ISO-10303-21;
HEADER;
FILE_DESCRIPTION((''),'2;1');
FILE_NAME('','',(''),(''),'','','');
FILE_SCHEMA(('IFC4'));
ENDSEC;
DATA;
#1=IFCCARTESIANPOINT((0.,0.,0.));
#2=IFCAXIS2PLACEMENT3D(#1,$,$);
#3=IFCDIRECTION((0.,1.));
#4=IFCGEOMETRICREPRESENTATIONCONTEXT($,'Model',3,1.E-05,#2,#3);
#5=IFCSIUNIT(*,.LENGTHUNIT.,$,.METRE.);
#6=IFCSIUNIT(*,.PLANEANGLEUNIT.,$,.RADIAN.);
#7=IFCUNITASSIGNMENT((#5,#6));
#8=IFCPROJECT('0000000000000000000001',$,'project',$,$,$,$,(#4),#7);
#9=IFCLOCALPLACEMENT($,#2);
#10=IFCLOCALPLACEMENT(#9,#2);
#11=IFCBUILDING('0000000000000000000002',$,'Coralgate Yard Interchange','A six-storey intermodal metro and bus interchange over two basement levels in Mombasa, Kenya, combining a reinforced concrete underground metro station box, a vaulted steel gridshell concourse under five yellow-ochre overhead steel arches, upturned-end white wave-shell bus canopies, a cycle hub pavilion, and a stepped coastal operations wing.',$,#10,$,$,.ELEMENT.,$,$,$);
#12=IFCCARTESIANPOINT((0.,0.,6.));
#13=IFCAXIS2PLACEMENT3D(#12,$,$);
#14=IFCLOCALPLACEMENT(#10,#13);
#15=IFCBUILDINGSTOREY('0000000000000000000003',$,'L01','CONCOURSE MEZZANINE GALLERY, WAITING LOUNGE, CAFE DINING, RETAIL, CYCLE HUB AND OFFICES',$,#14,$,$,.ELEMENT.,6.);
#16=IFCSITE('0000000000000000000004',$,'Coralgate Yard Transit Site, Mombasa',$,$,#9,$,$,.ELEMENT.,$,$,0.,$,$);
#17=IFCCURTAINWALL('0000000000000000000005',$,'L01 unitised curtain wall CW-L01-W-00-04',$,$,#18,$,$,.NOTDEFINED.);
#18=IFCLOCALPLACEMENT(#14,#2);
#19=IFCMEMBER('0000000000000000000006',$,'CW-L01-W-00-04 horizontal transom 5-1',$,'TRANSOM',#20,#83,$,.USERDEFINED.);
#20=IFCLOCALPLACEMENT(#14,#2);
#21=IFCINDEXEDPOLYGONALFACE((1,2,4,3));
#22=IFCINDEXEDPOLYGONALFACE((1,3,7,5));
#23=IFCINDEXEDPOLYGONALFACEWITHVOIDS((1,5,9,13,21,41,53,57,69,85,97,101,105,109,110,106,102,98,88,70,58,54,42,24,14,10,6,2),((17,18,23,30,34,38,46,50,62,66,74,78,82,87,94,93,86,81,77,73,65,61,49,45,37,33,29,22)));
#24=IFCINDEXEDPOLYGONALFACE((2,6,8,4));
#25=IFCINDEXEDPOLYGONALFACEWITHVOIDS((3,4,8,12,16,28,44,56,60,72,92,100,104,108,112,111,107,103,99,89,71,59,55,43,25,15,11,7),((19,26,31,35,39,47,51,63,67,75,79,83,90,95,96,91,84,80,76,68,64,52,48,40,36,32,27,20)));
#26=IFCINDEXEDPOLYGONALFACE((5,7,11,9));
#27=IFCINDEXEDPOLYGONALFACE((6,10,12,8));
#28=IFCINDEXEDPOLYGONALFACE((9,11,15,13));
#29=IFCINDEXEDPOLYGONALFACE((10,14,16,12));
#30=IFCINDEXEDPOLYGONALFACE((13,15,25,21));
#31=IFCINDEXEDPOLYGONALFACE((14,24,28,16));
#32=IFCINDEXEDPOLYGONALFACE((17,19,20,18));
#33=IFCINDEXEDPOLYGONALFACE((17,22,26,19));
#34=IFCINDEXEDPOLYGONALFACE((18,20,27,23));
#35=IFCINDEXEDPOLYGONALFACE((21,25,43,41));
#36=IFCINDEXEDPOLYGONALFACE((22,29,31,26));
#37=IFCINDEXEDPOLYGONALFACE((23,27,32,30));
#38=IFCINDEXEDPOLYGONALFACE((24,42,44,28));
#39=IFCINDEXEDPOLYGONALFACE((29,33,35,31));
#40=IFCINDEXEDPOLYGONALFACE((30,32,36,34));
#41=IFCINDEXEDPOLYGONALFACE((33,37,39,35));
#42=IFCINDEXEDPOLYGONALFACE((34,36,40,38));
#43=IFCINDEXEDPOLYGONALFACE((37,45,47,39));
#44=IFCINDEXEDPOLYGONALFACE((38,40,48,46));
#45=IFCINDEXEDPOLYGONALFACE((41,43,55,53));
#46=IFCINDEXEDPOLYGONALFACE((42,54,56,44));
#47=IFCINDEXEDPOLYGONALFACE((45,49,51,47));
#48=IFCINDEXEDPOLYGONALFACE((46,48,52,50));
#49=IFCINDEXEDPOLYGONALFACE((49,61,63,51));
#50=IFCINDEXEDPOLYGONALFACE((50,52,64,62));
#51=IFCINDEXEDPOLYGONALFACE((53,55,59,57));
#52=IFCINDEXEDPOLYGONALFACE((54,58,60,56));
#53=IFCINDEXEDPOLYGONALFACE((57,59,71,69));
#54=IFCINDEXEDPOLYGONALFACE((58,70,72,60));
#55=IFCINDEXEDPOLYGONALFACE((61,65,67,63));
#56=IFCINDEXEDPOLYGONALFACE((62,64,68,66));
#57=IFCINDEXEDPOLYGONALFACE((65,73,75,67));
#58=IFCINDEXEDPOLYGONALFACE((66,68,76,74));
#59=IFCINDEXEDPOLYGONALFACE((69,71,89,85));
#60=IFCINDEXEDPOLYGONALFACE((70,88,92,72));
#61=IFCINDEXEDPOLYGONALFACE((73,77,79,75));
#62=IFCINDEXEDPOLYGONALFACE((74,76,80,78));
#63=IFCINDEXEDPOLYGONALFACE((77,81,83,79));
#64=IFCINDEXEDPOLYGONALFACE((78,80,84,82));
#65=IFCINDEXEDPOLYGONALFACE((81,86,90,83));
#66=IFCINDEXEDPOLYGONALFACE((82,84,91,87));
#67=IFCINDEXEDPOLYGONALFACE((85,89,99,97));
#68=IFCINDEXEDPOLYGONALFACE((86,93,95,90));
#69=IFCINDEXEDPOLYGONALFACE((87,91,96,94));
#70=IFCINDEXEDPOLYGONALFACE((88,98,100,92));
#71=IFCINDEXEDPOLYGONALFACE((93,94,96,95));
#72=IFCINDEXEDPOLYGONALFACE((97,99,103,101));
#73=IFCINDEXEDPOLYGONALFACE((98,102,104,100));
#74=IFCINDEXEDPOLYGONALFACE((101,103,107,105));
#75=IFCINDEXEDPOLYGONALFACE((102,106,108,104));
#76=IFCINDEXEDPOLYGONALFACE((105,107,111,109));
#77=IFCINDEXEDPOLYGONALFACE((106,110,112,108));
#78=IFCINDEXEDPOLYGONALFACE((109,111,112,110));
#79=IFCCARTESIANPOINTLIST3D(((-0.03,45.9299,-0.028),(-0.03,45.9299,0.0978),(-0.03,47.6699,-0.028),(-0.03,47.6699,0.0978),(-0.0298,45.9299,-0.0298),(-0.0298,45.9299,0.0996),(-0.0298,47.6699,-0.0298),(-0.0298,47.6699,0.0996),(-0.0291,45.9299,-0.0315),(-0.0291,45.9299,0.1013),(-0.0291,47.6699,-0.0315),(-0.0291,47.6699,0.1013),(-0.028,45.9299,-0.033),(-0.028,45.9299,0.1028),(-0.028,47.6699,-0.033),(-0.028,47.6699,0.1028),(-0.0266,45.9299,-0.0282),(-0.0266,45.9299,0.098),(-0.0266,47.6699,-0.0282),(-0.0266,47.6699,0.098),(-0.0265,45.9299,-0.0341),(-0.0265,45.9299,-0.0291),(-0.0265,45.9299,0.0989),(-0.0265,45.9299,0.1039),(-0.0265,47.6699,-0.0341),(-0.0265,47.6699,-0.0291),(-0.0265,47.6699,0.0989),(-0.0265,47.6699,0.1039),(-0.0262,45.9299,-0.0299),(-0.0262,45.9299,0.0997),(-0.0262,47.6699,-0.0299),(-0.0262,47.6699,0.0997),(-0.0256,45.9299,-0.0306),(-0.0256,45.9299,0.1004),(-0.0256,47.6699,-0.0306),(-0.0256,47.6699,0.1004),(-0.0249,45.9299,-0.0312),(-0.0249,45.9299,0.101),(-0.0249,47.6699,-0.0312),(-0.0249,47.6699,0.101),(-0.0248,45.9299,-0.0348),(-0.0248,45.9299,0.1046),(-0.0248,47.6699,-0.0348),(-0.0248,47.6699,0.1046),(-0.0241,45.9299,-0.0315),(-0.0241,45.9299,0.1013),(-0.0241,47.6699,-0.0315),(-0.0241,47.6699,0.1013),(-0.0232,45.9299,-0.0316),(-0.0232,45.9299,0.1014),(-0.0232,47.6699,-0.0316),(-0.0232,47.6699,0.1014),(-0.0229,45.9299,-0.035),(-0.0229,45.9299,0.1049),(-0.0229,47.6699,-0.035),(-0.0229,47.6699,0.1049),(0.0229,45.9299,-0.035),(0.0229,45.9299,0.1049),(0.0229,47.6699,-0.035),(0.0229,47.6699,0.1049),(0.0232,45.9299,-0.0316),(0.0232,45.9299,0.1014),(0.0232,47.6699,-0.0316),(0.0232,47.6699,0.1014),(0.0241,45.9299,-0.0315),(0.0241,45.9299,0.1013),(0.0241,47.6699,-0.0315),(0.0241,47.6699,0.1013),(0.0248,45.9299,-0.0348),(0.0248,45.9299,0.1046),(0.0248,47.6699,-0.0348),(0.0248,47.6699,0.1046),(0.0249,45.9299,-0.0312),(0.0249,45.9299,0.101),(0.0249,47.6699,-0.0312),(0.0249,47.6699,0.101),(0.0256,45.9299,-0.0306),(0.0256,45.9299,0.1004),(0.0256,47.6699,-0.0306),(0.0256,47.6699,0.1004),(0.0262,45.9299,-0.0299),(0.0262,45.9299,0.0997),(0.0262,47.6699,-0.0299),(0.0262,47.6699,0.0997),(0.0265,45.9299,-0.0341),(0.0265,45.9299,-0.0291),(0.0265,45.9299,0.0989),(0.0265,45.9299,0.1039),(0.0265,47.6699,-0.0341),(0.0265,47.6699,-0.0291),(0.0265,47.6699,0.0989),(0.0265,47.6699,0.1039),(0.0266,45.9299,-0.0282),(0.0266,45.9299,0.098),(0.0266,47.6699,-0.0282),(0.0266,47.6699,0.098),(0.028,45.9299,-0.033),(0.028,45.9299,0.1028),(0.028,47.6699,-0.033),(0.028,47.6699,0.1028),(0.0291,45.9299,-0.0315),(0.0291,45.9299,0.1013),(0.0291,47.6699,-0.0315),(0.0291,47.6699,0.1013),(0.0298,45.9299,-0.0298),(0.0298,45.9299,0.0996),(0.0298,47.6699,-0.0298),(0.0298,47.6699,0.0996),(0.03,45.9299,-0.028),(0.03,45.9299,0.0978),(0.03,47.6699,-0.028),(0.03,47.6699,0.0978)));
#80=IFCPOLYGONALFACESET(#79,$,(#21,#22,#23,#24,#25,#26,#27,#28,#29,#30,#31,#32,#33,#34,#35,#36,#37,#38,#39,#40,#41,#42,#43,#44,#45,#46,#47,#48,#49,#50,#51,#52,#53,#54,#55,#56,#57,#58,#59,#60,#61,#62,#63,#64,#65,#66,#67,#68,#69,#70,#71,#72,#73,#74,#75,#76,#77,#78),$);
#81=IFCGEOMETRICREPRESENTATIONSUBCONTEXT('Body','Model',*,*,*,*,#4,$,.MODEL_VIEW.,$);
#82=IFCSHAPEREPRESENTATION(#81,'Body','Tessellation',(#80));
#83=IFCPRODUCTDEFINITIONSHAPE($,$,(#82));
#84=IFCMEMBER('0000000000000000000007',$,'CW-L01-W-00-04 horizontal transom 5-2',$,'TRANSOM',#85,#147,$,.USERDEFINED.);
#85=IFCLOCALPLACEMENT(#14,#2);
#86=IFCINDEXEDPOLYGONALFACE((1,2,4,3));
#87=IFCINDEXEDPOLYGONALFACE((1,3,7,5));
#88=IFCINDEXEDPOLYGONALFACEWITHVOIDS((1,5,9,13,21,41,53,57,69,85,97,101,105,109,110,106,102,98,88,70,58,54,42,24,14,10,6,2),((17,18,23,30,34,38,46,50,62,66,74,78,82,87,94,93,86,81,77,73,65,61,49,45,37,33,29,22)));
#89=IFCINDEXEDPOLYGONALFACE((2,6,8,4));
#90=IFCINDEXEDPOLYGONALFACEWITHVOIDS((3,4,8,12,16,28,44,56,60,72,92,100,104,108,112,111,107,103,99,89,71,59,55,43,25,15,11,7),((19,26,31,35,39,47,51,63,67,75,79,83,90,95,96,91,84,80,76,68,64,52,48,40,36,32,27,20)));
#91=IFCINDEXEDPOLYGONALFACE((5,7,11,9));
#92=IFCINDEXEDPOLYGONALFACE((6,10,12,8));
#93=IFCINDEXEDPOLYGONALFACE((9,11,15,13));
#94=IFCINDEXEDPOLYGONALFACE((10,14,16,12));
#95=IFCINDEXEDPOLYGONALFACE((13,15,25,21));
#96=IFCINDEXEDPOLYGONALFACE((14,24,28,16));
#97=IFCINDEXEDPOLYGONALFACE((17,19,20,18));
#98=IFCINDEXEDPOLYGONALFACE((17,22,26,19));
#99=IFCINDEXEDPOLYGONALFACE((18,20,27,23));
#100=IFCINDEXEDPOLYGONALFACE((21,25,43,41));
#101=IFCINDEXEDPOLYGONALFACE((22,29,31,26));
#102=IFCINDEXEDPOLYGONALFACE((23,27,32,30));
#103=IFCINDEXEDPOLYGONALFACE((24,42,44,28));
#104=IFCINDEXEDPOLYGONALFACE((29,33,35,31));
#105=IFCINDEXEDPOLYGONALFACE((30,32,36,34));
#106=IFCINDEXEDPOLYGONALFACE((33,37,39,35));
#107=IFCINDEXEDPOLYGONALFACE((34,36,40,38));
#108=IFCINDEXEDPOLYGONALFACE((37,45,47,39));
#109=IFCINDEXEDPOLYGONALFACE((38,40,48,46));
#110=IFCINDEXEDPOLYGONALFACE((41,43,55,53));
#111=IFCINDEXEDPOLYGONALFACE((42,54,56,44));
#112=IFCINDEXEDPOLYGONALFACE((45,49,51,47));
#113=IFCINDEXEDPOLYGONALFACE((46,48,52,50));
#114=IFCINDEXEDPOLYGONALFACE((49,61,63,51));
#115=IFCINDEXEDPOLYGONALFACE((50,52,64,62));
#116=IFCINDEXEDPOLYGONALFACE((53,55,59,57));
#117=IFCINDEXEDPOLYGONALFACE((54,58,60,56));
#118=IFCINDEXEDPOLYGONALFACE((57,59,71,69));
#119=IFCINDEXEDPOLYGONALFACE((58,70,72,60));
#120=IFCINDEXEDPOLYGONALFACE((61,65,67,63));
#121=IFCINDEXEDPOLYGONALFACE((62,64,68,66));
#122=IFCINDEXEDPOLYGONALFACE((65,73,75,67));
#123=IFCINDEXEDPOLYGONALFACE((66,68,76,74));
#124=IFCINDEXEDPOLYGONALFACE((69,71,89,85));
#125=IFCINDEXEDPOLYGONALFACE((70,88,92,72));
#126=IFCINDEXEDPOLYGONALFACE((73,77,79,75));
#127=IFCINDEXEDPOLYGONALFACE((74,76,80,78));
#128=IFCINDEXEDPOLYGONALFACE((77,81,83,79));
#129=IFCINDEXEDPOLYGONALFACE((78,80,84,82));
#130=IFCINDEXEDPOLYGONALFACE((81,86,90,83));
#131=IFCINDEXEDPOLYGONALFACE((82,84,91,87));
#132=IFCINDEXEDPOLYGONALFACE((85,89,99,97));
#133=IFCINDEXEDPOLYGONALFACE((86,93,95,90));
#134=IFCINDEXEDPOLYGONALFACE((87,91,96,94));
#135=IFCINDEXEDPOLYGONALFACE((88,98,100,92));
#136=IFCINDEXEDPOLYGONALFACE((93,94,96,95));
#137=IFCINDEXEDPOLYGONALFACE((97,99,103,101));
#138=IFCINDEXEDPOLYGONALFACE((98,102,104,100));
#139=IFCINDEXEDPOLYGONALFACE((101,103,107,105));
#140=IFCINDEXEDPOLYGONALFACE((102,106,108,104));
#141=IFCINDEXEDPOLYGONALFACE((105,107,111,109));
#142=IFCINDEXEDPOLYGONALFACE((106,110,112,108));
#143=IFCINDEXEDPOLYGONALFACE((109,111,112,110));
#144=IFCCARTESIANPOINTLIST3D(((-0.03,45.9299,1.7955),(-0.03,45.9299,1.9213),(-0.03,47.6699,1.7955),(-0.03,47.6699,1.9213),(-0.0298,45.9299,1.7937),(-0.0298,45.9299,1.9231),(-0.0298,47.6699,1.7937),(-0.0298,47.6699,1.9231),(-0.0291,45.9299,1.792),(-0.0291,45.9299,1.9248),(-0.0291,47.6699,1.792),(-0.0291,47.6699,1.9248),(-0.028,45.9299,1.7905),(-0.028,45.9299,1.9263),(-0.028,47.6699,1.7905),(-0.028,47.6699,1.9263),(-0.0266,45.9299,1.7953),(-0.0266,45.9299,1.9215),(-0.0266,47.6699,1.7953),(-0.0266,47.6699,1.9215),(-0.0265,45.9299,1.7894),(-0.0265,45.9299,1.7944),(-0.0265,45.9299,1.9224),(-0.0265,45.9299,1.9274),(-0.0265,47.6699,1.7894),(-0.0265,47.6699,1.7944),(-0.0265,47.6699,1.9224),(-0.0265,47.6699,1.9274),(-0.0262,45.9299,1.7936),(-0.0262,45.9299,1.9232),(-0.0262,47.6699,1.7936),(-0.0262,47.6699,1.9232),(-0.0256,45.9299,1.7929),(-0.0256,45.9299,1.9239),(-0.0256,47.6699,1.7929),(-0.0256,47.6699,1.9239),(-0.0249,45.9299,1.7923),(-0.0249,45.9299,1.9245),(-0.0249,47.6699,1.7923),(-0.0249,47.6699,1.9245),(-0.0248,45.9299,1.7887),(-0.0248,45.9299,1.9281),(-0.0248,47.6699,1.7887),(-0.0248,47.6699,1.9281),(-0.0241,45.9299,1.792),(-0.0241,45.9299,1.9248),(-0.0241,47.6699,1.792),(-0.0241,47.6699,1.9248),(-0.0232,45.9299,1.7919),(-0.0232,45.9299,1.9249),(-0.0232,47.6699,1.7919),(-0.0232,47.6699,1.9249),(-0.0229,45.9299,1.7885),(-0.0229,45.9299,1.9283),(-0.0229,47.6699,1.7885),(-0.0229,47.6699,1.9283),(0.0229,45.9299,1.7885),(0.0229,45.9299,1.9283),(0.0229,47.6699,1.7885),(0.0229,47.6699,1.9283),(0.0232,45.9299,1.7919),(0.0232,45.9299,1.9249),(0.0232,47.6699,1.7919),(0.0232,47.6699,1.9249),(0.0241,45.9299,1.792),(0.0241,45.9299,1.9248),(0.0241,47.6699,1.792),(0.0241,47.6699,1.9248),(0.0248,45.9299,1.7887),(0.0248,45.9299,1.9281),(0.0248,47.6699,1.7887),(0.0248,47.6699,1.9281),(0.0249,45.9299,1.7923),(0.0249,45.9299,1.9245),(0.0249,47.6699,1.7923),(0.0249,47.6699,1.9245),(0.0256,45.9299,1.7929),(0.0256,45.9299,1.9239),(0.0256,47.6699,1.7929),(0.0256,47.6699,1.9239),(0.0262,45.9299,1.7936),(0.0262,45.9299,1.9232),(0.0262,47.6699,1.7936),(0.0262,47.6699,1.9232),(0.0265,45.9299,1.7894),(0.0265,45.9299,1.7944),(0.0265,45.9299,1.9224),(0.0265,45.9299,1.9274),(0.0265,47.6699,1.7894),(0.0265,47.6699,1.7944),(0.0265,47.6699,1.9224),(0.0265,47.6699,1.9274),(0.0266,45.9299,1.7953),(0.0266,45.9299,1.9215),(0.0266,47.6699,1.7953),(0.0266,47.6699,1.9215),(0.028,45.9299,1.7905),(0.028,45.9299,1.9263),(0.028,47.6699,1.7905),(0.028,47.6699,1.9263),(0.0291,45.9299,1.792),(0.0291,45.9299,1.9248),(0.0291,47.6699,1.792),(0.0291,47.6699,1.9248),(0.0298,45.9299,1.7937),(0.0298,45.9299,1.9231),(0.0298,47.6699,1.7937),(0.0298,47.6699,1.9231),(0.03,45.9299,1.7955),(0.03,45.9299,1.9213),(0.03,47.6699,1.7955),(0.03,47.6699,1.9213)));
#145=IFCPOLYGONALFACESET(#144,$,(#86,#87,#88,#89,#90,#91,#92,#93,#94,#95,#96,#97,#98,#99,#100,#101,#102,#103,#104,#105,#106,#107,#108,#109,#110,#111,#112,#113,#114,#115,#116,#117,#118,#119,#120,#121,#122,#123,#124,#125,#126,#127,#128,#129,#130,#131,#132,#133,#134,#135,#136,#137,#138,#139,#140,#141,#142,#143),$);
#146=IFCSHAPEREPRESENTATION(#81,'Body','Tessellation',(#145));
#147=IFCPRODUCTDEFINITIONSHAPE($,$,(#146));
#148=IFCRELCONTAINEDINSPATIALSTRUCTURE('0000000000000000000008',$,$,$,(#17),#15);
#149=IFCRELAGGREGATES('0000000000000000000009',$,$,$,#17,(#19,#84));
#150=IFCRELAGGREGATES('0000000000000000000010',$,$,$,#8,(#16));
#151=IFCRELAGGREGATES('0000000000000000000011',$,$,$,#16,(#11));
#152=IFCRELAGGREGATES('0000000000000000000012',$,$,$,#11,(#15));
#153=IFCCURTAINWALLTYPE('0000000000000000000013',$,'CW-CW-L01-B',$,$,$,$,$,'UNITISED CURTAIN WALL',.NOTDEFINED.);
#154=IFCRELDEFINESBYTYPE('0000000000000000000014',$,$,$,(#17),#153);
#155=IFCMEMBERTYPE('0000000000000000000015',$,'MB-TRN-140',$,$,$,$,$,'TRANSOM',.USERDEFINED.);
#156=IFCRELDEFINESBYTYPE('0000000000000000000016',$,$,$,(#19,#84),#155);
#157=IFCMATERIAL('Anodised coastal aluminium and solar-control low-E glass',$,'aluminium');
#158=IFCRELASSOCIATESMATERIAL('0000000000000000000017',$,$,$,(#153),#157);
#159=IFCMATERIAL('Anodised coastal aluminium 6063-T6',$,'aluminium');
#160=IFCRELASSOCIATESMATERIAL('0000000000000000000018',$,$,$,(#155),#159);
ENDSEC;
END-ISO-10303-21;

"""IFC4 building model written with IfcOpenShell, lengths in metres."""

from ifc_helpers import new_model, si_unit, direction, frame, origin, origin_2d, place, context, subcontext, project, spatial, hollow_rectangle, extrude, material, material_profile, profile_set, type_object, element, aggregate, save


model = new_model("IFC4")

# Units and contexts
model_context = context("Model", 3, precision=1e-05, world=origin(), true_north=direction((0.0, 1.0)))
body_context = subcontext(model_context, "Body", "Model", "MODEL_VIEW")
ifc_project = project(units=[si_unit("LENGTHUNIT", "METRE"), si_unit("PLANEANGLEUNIT", "RADIAN")], contexts=[model_context])

# Site, building, storey
site_placement = place(None, origin())
site = spatial("IfcSite", under=ifc_project, at=site_placement, Name="Coralgate Yard Transit Site, Mombasa", CompositionType="ELEMENT", RefElevation=0.0)
building_placement = place(site_placement, origin())
building = spatial("IfcBuilding", under=site, at=building_placement, Name="Coralgate Yard Interchange", Description="A six-storey intermodal metro and bus interchange over two basement levels in Mombasa, Kenya, combining a reinforced concrete underground metro station box, a vaulted steel gridshell concourse under five yellow-ochre overhead steel arches, upturned-end white wave-shell bus canopies, a cycle hub pavilion, and a stepped coastal operations wing.", CompositionType="ELEMENT")
storey_placement = place(building_placement, frame((0.0, 0.0, 6.0)))
storey = spatial("IfcBuildingStorey", under=building, at=storey_placement, Name="L01", Description="CONCOURSE MEZZANINE GALLERY, WAITING LOUNGE, CAFE DINING, RETAIL, CYCLE HUB AND OFFICES", CompositionType="ELEMENT", Elevation=6.0)

# Curtain wall, members
ifc_material_1 = material(Name="Anodised coastal aluminium and solar-control low-E glass", Category="aluminium")
curtain_wall_type = type_object("IfcCurtainWallType", Name="CW-CW-L01-B", ElementType="UNITISED CURTAIN WALL", PredefinedType="NOTDEFINED", material=ifc_material_1)
curtain_wall_placement = place(storey_placement, origin())
curtain_wall = element("IfcCurtainWall", 1, at=curtain_wall_placement, inside=storey, type_object=curtain_wall_type, Name="L01 unitised curtain wall CW-L01-W-00-04", PredefinedType="NOTDEFINED")
ifc_material_2 = material(Name="Anodised coastal aluminium 6063-T6", Category="aluminium")
ifc_material_profile_1 = material_profile(ifc_material_2, hollow_rectangle(XDim=0.0601, YDim=0.1399, WallThickness=0.0034, InnerFilletRadius=0.0034, OuterFilletRadius=0.0071, at=origin_2d()), Name="ALU 60x140x3.5")
ifc_profile_set_1 = profile_set([ifc_material_profile_1], Name="Anodised coastal aluminium 6063-T6")
member_type_1 = type_object("IfcMemberType", Name="MB-TRN-140", ElementType="TRANSOM", PredefinedType="USERDEFINED", material=ifc_profile_set_1)
member_1_placement = place(storey_placement, frame((0.0, 45.9299, 0.0349), z_axis=(0.0, 1.0, 0.0), x_axis=(-1.0, 0.0, 0.0)))
member_1 = element("IfcMember", 2, at=member_1_placement, type_object=member_type_1, Name="CW-L01-W-00-04 horizontal transom 5-1", ObjectType="TRANSOM", PredefinedType="USERDEFINED", context=body_context, shape_type="SweptSolid", body=[
    extrude(hollow_rectangle(XDim=0.0601, YDim=0.1399, WallThickness=0.0034, InnerFilletRadius=0.0034, OuterFilletRadius=0.0071, at=origin_2d()), origin(), (0.0, 0.0, 1.0), 1.74),
])
member_2_placement = place(storey_placement, frame((0.0, 45.9299, 1.8584), z_axis=(0.0, 1.0, 0.0), x_axis=(-1.0, 0.0, 0.0)))
member_2 = element("IfcMember", 3, at=member_2_placement, type_object=member_type_1, Name="CW-L01-W-00-04 horizontal transom 5-2", ObjectType="TRANSOM", PredefinedType="USERDEFINED", context=body_context, shape_type="SweptSolid", body=[
    extrude(hollow_rectangle(XDim=0.0601, YDim=0.1399, WallThickness=0.0034, InnerFilletRadius=0.0034, OuterFilletRadius=0.0071, at=origin_2d()), origin(), (0.0, 0.0, 1.0), 1.74),
])
aggregate(curtain_wall, [member_1, member_2])

save(model, "model.ifc")
